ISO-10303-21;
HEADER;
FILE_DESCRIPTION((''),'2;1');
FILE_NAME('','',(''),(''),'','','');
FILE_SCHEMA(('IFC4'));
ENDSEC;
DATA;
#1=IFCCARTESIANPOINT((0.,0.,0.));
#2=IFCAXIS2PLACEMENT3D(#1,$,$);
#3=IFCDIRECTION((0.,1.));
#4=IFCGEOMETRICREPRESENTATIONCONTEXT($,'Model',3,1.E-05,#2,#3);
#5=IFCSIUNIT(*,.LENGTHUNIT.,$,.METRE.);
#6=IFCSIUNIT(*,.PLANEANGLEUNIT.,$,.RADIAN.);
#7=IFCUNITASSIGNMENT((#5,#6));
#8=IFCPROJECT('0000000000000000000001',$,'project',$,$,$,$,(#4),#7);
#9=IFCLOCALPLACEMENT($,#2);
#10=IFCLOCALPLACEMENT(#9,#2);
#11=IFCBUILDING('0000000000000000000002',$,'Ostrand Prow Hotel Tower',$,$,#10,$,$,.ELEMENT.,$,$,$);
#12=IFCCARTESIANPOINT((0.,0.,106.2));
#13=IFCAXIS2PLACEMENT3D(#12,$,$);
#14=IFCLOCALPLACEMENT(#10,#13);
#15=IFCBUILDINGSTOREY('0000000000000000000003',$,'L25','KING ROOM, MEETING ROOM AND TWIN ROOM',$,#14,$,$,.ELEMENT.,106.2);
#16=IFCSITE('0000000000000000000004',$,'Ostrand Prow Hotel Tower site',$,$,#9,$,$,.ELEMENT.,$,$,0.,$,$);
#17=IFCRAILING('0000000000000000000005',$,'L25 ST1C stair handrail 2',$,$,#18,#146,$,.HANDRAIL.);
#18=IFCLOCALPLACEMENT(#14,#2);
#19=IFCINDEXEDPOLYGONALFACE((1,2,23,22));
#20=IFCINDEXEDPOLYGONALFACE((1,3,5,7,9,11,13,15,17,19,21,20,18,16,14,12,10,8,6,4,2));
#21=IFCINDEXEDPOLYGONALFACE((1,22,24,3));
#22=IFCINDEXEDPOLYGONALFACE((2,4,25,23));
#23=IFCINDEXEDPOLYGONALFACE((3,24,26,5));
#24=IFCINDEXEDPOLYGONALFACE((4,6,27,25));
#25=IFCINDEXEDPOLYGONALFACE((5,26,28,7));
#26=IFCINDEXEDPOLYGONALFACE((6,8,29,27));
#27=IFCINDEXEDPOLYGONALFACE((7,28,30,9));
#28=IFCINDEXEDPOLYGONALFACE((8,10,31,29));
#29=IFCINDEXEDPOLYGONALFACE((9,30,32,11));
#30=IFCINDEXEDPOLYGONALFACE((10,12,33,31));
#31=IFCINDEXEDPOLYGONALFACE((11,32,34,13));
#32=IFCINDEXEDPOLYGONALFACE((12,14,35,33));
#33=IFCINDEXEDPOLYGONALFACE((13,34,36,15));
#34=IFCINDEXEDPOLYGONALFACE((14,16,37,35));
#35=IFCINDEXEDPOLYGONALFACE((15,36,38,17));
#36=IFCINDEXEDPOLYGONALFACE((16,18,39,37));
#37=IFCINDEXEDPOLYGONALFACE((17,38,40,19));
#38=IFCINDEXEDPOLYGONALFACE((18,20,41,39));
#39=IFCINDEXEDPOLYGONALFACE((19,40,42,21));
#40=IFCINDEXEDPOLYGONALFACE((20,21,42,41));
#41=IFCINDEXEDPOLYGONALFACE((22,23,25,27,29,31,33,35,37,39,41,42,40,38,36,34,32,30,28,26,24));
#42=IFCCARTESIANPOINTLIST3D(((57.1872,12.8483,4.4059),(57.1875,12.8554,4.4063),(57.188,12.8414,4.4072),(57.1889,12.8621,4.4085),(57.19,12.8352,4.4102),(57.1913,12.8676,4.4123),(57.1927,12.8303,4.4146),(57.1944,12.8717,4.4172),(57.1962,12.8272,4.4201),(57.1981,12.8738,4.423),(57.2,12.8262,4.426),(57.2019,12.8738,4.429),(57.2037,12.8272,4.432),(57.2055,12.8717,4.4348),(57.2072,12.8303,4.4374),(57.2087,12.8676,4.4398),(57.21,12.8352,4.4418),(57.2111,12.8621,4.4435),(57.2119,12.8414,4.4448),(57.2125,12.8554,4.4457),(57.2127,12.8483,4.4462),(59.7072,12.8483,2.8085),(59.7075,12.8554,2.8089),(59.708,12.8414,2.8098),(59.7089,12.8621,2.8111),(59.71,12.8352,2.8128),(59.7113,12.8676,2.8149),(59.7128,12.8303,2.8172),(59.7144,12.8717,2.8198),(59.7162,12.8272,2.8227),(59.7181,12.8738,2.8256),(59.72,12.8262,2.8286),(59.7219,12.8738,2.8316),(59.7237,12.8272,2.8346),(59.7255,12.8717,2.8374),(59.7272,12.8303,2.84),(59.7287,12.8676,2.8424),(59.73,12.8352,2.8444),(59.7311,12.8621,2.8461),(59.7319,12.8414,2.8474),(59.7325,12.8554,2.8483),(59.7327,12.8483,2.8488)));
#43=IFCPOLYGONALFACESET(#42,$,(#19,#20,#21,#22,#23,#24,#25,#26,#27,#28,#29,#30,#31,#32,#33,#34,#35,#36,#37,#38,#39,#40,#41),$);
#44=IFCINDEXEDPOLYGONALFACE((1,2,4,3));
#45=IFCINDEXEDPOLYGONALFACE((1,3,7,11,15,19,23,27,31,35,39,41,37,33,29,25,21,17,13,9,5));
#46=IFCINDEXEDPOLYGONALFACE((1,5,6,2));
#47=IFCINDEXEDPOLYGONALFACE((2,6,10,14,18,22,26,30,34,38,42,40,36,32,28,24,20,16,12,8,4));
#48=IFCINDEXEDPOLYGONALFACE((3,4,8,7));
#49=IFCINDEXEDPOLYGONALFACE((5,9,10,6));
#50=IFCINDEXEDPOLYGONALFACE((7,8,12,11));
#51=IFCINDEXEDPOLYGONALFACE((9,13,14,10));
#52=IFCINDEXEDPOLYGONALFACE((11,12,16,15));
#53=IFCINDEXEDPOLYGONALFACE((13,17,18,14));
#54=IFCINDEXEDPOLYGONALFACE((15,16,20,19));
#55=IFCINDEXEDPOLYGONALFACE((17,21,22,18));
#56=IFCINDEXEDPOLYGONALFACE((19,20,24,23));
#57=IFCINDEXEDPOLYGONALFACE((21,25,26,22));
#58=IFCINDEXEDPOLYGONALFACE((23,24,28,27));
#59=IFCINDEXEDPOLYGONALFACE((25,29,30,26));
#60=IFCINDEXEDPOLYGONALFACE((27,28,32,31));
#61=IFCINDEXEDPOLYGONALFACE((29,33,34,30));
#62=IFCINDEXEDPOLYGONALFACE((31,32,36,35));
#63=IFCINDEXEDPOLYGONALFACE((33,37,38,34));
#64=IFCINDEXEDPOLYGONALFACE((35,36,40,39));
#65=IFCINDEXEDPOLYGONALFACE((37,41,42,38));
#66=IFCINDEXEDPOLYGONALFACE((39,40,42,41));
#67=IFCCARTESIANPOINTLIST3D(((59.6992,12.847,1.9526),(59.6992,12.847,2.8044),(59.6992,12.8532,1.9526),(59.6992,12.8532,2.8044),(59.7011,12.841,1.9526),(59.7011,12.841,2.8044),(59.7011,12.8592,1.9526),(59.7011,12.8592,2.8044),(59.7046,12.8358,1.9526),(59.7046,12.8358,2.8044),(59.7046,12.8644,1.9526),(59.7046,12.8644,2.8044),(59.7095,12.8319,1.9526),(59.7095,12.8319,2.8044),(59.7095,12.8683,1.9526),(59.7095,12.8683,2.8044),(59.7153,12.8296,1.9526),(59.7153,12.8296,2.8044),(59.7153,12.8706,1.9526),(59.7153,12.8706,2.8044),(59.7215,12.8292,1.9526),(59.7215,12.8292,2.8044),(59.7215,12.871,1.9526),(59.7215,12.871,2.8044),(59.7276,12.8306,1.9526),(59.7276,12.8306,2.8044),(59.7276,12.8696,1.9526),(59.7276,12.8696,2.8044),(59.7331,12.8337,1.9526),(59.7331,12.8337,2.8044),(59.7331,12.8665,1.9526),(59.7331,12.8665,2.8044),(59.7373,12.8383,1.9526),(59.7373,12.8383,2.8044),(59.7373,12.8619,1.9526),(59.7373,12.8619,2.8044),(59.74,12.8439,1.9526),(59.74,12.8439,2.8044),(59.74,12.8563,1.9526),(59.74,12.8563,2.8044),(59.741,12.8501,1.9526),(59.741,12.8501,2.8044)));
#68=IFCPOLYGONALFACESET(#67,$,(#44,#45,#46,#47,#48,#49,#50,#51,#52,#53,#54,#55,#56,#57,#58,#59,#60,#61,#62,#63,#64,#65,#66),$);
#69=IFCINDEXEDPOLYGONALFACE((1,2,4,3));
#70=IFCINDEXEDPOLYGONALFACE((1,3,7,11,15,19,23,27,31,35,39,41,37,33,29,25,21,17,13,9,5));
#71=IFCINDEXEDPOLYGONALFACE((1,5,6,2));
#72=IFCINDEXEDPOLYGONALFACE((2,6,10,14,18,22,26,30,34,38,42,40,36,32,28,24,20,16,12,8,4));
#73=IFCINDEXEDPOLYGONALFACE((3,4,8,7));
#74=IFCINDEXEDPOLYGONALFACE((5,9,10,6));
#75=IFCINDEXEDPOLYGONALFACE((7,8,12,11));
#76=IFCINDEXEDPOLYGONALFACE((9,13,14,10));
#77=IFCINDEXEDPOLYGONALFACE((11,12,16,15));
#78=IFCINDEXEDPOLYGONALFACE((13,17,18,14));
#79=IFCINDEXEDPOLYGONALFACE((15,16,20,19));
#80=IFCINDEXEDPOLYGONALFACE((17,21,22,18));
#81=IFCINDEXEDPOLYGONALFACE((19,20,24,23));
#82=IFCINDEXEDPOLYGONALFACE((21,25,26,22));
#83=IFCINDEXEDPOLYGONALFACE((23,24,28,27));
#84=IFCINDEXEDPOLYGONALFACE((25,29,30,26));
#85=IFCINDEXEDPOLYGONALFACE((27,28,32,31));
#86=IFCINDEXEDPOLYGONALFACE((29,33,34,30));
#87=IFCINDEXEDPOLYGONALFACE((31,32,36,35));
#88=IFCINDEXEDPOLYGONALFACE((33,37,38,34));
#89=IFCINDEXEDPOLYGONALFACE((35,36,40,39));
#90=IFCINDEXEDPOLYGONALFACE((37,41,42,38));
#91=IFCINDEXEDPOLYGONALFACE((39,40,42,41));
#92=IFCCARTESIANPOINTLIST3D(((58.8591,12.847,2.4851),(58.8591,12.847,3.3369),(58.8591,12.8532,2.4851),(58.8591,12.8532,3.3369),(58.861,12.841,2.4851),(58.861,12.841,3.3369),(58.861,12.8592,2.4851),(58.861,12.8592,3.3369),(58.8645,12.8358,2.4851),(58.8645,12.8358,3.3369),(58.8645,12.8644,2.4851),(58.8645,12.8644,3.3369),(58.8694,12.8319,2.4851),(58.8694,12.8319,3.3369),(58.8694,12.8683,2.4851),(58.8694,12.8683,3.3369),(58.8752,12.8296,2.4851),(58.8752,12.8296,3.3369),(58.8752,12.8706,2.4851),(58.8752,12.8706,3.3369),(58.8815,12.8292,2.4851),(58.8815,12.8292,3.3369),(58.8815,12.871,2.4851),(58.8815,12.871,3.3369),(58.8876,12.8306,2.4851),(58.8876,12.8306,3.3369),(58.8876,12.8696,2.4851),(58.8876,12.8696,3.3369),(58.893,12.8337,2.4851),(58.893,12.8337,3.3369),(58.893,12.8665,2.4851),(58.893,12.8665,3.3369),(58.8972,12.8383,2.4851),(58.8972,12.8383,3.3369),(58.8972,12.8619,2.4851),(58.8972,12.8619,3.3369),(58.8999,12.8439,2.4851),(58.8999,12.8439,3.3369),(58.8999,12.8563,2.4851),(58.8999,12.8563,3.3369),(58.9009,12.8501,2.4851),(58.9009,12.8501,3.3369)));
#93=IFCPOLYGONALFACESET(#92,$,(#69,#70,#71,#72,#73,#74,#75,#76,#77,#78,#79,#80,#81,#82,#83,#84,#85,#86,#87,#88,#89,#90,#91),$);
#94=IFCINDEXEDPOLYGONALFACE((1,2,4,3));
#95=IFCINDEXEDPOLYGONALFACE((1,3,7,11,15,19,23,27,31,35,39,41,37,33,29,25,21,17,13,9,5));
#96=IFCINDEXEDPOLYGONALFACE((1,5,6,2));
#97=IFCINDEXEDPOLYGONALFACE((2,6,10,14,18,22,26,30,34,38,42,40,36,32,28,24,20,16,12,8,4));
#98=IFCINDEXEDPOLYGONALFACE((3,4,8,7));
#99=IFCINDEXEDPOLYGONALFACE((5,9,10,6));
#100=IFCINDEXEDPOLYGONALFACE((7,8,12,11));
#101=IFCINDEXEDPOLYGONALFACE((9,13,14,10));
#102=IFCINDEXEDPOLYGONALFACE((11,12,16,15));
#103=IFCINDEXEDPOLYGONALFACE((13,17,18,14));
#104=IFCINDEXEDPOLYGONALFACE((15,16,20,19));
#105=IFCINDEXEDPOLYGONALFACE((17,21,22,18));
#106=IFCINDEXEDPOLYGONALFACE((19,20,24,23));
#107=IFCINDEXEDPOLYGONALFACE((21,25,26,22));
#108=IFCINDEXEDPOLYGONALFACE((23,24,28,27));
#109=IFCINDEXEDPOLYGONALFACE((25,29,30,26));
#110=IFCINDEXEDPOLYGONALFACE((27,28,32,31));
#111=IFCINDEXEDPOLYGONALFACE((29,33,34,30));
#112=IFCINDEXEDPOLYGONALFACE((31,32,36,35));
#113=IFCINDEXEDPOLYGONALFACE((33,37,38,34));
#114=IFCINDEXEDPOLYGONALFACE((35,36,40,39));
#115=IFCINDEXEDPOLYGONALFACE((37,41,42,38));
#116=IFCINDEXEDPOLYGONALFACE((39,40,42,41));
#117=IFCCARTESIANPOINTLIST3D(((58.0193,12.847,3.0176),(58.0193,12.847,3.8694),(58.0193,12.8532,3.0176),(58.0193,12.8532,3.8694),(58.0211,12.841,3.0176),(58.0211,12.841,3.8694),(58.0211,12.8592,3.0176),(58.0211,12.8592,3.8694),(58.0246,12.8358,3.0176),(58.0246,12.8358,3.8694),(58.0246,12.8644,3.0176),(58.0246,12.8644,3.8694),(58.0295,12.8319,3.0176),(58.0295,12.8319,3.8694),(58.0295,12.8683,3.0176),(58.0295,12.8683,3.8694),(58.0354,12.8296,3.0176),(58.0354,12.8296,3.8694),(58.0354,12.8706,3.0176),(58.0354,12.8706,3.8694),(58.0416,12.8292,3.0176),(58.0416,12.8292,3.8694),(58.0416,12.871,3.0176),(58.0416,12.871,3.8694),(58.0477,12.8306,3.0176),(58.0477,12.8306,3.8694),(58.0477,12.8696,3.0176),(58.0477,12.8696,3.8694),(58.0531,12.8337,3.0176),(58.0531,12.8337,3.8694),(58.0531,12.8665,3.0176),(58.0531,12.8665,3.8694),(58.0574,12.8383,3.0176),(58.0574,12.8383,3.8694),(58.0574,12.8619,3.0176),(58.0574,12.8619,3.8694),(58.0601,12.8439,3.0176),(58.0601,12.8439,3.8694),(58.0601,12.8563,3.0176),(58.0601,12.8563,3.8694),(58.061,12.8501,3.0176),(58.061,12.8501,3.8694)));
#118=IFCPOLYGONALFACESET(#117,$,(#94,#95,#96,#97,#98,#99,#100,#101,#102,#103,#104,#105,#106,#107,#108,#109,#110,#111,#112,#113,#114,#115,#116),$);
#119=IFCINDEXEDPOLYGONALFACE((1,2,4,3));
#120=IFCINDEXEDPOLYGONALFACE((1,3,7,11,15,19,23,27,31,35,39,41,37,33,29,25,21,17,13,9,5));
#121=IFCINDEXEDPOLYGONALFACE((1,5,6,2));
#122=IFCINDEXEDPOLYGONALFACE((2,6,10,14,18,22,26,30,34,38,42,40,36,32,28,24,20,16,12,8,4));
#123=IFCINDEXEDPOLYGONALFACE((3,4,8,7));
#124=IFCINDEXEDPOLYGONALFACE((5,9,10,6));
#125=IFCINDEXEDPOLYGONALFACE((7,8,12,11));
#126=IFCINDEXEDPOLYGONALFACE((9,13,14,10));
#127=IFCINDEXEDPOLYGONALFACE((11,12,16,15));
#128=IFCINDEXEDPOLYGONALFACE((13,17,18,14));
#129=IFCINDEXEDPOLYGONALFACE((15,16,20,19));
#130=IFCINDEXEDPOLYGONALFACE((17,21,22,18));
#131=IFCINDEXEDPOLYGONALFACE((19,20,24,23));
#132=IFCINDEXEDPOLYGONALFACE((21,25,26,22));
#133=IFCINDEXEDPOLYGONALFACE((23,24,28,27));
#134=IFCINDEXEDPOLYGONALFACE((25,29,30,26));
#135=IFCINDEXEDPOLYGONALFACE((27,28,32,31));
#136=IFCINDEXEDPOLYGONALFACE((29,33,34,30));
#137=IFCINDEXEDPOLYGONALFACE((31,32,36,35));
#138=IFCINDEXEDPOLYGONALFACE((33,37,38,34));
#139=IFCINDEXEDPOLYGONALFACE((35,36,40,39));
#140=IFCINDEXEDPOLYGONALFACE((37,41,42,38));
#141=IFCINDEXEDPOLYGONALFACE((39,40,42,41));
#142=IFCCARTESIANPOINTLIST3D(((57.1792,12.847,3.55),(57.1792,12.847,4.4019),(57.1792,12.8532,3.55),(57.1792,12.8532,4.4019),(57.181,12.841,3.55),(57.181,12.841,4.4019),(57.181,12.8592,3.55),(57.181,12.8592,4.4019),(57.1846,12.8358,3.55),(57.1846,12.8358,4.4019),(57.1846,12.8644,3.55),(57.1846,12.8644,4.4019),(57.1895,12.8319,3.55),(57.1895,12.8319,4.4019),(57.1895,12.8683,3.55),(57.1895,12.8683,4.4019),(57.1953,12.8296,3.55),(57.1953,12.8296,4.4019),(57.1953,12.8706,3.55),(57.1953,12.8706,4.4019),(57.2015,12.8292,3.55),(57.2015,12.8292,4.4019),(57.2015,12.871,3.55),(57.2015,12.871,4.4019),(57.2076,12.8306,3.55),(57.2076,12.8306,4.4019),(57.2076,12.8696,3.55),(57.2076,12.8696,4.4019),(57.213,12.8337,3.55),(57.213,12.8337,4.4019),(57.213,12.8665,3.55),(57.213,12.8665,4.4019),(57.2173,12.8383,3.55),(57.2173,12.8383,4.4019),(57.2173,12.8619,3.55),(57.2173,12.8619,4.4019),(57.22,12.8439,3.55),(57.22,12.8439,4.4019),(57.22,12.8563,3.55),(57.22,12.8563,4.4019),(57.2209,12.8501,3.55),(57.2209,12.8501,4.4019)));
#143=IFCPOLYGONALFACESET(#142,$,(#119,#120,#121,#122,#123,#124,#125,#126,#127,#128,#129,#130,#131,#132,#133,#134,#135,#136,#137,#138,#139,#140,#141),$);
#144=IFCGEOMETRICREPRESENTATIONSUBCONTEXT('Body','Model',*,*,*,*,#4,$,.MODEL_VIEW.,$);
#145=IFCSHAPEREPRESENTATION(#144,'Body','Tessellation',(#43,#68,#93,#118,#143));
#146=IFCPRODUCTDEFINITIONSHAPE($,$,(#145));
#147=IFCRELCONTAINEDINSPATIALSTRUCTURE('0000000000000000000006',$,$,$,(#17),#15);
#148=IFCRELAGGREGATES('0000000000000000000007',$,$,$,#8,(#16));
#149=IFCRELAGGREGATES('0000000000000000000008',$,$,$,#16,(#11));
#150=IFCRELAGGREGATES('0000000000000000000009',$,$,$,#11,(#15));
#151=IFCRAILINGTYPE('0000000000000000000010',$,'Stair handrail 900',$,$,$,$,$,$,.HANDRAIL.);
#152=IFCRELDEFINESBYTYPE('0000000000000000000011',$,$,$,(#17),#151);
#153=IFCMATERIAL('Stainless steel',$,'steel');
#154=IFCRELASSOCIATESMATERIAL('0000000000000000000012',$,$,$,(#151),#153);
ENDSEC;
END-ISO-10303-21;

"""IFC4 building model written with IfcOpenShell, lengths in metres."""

from ifc_helpers import new_model, si_unit, direction, frame, origin, origin_2d, place, context, subcontext, project, spatial, circle, extrude, material, type_object, element, save


model = new_model("IFC4")

# Units and contexts
model_context = context("Model", 3, precision=1e-05, world=origin(), true_north=direction((0.0, 1.0)))
body_context = subcontext(model_context, "Body", "Model", "MODEL_VIEW")
ifc_project = project(units=[si_unit("LENGTHUNIT", "METRE"), si_unit("PLANEANGLEUNIT", "RADIAN")], contexts=[model_context])

# Site, building, storey
site_placement = place(None, origin())
site = spatial("IfcSite", under=ifc_project, at=site_placement, Name="Ostrand Prow Hotel Tower site", CompositionType="ELEMENT", RefElevation=0.0)
building_placement = place(site_placement, origin())
building = spatial("IfcBuilding", under=site, at=building_placement, Name="Ostrand Prow Hotel Tower", CompositionType="ELEMENT")
storey_placement = place(building_placement, frame((0.0, 0.0, 106.2)))
storey = spatial("IfcBuildingStorey", under=building, at=storey_placement, Name="L25", Description="KING ROOM, MEETING ROOM AND TWIN ROOM", CompositionType="ELEMENT", Elevation=106.2)

# Railing
ifc_material_1 = material(Name="Stainless steel", Category="steel")
railing_type_1 = type_object("IfcRailingType", Name="Stair handrail 900", PredefinedType="HANDRAIL", material=ifc_material_1)
railing_1_placement = place(storey_placement, frame((59.72, 12.8501, 1.9526)))
element("IfcRailing", 1, at=railing_1_placement, inside=storey, type_object=railing_type_1, Name="L25 ST1C stair handrail 2", PredefinedType="HANDRAIL", context=body_context, shape_type="SweptSolid", body=[
    extrude(circle(Radius=0.0239, at=origin_2d()), frame((0.0, 0.0, 0.876), z_axis=(-0.844607, 0.0, 0.535387), x_axis=(0.0, -1.0, 0.0)), (0.0, 0.0, 1.0), 2.9836),
    extrude(circle(Radius=0.021, at=origin_2d()), origin(), (0.0, 0.0, 1.0), 0.8518),
    extrude(circle(Radius=0.021, at=origin_2d()), frame((-0.8401, 0.0, 0.5325)), (0.0, 0.0, 1.0), 0.8518),
    extrude(circle(Radius=0.021, at=origin_2d()), frame((-1.6799, 0.0, 1.0649)), (0.0, 0.0, 1.0), 0.8518),
    extrude(circle(Radius=0.021, at=origin_2d()), frame((-2.52, 0.0, 1.5974)), (0.0, 0.0, 1.0), 0.8518),
])

save(model, "model.ifc")
